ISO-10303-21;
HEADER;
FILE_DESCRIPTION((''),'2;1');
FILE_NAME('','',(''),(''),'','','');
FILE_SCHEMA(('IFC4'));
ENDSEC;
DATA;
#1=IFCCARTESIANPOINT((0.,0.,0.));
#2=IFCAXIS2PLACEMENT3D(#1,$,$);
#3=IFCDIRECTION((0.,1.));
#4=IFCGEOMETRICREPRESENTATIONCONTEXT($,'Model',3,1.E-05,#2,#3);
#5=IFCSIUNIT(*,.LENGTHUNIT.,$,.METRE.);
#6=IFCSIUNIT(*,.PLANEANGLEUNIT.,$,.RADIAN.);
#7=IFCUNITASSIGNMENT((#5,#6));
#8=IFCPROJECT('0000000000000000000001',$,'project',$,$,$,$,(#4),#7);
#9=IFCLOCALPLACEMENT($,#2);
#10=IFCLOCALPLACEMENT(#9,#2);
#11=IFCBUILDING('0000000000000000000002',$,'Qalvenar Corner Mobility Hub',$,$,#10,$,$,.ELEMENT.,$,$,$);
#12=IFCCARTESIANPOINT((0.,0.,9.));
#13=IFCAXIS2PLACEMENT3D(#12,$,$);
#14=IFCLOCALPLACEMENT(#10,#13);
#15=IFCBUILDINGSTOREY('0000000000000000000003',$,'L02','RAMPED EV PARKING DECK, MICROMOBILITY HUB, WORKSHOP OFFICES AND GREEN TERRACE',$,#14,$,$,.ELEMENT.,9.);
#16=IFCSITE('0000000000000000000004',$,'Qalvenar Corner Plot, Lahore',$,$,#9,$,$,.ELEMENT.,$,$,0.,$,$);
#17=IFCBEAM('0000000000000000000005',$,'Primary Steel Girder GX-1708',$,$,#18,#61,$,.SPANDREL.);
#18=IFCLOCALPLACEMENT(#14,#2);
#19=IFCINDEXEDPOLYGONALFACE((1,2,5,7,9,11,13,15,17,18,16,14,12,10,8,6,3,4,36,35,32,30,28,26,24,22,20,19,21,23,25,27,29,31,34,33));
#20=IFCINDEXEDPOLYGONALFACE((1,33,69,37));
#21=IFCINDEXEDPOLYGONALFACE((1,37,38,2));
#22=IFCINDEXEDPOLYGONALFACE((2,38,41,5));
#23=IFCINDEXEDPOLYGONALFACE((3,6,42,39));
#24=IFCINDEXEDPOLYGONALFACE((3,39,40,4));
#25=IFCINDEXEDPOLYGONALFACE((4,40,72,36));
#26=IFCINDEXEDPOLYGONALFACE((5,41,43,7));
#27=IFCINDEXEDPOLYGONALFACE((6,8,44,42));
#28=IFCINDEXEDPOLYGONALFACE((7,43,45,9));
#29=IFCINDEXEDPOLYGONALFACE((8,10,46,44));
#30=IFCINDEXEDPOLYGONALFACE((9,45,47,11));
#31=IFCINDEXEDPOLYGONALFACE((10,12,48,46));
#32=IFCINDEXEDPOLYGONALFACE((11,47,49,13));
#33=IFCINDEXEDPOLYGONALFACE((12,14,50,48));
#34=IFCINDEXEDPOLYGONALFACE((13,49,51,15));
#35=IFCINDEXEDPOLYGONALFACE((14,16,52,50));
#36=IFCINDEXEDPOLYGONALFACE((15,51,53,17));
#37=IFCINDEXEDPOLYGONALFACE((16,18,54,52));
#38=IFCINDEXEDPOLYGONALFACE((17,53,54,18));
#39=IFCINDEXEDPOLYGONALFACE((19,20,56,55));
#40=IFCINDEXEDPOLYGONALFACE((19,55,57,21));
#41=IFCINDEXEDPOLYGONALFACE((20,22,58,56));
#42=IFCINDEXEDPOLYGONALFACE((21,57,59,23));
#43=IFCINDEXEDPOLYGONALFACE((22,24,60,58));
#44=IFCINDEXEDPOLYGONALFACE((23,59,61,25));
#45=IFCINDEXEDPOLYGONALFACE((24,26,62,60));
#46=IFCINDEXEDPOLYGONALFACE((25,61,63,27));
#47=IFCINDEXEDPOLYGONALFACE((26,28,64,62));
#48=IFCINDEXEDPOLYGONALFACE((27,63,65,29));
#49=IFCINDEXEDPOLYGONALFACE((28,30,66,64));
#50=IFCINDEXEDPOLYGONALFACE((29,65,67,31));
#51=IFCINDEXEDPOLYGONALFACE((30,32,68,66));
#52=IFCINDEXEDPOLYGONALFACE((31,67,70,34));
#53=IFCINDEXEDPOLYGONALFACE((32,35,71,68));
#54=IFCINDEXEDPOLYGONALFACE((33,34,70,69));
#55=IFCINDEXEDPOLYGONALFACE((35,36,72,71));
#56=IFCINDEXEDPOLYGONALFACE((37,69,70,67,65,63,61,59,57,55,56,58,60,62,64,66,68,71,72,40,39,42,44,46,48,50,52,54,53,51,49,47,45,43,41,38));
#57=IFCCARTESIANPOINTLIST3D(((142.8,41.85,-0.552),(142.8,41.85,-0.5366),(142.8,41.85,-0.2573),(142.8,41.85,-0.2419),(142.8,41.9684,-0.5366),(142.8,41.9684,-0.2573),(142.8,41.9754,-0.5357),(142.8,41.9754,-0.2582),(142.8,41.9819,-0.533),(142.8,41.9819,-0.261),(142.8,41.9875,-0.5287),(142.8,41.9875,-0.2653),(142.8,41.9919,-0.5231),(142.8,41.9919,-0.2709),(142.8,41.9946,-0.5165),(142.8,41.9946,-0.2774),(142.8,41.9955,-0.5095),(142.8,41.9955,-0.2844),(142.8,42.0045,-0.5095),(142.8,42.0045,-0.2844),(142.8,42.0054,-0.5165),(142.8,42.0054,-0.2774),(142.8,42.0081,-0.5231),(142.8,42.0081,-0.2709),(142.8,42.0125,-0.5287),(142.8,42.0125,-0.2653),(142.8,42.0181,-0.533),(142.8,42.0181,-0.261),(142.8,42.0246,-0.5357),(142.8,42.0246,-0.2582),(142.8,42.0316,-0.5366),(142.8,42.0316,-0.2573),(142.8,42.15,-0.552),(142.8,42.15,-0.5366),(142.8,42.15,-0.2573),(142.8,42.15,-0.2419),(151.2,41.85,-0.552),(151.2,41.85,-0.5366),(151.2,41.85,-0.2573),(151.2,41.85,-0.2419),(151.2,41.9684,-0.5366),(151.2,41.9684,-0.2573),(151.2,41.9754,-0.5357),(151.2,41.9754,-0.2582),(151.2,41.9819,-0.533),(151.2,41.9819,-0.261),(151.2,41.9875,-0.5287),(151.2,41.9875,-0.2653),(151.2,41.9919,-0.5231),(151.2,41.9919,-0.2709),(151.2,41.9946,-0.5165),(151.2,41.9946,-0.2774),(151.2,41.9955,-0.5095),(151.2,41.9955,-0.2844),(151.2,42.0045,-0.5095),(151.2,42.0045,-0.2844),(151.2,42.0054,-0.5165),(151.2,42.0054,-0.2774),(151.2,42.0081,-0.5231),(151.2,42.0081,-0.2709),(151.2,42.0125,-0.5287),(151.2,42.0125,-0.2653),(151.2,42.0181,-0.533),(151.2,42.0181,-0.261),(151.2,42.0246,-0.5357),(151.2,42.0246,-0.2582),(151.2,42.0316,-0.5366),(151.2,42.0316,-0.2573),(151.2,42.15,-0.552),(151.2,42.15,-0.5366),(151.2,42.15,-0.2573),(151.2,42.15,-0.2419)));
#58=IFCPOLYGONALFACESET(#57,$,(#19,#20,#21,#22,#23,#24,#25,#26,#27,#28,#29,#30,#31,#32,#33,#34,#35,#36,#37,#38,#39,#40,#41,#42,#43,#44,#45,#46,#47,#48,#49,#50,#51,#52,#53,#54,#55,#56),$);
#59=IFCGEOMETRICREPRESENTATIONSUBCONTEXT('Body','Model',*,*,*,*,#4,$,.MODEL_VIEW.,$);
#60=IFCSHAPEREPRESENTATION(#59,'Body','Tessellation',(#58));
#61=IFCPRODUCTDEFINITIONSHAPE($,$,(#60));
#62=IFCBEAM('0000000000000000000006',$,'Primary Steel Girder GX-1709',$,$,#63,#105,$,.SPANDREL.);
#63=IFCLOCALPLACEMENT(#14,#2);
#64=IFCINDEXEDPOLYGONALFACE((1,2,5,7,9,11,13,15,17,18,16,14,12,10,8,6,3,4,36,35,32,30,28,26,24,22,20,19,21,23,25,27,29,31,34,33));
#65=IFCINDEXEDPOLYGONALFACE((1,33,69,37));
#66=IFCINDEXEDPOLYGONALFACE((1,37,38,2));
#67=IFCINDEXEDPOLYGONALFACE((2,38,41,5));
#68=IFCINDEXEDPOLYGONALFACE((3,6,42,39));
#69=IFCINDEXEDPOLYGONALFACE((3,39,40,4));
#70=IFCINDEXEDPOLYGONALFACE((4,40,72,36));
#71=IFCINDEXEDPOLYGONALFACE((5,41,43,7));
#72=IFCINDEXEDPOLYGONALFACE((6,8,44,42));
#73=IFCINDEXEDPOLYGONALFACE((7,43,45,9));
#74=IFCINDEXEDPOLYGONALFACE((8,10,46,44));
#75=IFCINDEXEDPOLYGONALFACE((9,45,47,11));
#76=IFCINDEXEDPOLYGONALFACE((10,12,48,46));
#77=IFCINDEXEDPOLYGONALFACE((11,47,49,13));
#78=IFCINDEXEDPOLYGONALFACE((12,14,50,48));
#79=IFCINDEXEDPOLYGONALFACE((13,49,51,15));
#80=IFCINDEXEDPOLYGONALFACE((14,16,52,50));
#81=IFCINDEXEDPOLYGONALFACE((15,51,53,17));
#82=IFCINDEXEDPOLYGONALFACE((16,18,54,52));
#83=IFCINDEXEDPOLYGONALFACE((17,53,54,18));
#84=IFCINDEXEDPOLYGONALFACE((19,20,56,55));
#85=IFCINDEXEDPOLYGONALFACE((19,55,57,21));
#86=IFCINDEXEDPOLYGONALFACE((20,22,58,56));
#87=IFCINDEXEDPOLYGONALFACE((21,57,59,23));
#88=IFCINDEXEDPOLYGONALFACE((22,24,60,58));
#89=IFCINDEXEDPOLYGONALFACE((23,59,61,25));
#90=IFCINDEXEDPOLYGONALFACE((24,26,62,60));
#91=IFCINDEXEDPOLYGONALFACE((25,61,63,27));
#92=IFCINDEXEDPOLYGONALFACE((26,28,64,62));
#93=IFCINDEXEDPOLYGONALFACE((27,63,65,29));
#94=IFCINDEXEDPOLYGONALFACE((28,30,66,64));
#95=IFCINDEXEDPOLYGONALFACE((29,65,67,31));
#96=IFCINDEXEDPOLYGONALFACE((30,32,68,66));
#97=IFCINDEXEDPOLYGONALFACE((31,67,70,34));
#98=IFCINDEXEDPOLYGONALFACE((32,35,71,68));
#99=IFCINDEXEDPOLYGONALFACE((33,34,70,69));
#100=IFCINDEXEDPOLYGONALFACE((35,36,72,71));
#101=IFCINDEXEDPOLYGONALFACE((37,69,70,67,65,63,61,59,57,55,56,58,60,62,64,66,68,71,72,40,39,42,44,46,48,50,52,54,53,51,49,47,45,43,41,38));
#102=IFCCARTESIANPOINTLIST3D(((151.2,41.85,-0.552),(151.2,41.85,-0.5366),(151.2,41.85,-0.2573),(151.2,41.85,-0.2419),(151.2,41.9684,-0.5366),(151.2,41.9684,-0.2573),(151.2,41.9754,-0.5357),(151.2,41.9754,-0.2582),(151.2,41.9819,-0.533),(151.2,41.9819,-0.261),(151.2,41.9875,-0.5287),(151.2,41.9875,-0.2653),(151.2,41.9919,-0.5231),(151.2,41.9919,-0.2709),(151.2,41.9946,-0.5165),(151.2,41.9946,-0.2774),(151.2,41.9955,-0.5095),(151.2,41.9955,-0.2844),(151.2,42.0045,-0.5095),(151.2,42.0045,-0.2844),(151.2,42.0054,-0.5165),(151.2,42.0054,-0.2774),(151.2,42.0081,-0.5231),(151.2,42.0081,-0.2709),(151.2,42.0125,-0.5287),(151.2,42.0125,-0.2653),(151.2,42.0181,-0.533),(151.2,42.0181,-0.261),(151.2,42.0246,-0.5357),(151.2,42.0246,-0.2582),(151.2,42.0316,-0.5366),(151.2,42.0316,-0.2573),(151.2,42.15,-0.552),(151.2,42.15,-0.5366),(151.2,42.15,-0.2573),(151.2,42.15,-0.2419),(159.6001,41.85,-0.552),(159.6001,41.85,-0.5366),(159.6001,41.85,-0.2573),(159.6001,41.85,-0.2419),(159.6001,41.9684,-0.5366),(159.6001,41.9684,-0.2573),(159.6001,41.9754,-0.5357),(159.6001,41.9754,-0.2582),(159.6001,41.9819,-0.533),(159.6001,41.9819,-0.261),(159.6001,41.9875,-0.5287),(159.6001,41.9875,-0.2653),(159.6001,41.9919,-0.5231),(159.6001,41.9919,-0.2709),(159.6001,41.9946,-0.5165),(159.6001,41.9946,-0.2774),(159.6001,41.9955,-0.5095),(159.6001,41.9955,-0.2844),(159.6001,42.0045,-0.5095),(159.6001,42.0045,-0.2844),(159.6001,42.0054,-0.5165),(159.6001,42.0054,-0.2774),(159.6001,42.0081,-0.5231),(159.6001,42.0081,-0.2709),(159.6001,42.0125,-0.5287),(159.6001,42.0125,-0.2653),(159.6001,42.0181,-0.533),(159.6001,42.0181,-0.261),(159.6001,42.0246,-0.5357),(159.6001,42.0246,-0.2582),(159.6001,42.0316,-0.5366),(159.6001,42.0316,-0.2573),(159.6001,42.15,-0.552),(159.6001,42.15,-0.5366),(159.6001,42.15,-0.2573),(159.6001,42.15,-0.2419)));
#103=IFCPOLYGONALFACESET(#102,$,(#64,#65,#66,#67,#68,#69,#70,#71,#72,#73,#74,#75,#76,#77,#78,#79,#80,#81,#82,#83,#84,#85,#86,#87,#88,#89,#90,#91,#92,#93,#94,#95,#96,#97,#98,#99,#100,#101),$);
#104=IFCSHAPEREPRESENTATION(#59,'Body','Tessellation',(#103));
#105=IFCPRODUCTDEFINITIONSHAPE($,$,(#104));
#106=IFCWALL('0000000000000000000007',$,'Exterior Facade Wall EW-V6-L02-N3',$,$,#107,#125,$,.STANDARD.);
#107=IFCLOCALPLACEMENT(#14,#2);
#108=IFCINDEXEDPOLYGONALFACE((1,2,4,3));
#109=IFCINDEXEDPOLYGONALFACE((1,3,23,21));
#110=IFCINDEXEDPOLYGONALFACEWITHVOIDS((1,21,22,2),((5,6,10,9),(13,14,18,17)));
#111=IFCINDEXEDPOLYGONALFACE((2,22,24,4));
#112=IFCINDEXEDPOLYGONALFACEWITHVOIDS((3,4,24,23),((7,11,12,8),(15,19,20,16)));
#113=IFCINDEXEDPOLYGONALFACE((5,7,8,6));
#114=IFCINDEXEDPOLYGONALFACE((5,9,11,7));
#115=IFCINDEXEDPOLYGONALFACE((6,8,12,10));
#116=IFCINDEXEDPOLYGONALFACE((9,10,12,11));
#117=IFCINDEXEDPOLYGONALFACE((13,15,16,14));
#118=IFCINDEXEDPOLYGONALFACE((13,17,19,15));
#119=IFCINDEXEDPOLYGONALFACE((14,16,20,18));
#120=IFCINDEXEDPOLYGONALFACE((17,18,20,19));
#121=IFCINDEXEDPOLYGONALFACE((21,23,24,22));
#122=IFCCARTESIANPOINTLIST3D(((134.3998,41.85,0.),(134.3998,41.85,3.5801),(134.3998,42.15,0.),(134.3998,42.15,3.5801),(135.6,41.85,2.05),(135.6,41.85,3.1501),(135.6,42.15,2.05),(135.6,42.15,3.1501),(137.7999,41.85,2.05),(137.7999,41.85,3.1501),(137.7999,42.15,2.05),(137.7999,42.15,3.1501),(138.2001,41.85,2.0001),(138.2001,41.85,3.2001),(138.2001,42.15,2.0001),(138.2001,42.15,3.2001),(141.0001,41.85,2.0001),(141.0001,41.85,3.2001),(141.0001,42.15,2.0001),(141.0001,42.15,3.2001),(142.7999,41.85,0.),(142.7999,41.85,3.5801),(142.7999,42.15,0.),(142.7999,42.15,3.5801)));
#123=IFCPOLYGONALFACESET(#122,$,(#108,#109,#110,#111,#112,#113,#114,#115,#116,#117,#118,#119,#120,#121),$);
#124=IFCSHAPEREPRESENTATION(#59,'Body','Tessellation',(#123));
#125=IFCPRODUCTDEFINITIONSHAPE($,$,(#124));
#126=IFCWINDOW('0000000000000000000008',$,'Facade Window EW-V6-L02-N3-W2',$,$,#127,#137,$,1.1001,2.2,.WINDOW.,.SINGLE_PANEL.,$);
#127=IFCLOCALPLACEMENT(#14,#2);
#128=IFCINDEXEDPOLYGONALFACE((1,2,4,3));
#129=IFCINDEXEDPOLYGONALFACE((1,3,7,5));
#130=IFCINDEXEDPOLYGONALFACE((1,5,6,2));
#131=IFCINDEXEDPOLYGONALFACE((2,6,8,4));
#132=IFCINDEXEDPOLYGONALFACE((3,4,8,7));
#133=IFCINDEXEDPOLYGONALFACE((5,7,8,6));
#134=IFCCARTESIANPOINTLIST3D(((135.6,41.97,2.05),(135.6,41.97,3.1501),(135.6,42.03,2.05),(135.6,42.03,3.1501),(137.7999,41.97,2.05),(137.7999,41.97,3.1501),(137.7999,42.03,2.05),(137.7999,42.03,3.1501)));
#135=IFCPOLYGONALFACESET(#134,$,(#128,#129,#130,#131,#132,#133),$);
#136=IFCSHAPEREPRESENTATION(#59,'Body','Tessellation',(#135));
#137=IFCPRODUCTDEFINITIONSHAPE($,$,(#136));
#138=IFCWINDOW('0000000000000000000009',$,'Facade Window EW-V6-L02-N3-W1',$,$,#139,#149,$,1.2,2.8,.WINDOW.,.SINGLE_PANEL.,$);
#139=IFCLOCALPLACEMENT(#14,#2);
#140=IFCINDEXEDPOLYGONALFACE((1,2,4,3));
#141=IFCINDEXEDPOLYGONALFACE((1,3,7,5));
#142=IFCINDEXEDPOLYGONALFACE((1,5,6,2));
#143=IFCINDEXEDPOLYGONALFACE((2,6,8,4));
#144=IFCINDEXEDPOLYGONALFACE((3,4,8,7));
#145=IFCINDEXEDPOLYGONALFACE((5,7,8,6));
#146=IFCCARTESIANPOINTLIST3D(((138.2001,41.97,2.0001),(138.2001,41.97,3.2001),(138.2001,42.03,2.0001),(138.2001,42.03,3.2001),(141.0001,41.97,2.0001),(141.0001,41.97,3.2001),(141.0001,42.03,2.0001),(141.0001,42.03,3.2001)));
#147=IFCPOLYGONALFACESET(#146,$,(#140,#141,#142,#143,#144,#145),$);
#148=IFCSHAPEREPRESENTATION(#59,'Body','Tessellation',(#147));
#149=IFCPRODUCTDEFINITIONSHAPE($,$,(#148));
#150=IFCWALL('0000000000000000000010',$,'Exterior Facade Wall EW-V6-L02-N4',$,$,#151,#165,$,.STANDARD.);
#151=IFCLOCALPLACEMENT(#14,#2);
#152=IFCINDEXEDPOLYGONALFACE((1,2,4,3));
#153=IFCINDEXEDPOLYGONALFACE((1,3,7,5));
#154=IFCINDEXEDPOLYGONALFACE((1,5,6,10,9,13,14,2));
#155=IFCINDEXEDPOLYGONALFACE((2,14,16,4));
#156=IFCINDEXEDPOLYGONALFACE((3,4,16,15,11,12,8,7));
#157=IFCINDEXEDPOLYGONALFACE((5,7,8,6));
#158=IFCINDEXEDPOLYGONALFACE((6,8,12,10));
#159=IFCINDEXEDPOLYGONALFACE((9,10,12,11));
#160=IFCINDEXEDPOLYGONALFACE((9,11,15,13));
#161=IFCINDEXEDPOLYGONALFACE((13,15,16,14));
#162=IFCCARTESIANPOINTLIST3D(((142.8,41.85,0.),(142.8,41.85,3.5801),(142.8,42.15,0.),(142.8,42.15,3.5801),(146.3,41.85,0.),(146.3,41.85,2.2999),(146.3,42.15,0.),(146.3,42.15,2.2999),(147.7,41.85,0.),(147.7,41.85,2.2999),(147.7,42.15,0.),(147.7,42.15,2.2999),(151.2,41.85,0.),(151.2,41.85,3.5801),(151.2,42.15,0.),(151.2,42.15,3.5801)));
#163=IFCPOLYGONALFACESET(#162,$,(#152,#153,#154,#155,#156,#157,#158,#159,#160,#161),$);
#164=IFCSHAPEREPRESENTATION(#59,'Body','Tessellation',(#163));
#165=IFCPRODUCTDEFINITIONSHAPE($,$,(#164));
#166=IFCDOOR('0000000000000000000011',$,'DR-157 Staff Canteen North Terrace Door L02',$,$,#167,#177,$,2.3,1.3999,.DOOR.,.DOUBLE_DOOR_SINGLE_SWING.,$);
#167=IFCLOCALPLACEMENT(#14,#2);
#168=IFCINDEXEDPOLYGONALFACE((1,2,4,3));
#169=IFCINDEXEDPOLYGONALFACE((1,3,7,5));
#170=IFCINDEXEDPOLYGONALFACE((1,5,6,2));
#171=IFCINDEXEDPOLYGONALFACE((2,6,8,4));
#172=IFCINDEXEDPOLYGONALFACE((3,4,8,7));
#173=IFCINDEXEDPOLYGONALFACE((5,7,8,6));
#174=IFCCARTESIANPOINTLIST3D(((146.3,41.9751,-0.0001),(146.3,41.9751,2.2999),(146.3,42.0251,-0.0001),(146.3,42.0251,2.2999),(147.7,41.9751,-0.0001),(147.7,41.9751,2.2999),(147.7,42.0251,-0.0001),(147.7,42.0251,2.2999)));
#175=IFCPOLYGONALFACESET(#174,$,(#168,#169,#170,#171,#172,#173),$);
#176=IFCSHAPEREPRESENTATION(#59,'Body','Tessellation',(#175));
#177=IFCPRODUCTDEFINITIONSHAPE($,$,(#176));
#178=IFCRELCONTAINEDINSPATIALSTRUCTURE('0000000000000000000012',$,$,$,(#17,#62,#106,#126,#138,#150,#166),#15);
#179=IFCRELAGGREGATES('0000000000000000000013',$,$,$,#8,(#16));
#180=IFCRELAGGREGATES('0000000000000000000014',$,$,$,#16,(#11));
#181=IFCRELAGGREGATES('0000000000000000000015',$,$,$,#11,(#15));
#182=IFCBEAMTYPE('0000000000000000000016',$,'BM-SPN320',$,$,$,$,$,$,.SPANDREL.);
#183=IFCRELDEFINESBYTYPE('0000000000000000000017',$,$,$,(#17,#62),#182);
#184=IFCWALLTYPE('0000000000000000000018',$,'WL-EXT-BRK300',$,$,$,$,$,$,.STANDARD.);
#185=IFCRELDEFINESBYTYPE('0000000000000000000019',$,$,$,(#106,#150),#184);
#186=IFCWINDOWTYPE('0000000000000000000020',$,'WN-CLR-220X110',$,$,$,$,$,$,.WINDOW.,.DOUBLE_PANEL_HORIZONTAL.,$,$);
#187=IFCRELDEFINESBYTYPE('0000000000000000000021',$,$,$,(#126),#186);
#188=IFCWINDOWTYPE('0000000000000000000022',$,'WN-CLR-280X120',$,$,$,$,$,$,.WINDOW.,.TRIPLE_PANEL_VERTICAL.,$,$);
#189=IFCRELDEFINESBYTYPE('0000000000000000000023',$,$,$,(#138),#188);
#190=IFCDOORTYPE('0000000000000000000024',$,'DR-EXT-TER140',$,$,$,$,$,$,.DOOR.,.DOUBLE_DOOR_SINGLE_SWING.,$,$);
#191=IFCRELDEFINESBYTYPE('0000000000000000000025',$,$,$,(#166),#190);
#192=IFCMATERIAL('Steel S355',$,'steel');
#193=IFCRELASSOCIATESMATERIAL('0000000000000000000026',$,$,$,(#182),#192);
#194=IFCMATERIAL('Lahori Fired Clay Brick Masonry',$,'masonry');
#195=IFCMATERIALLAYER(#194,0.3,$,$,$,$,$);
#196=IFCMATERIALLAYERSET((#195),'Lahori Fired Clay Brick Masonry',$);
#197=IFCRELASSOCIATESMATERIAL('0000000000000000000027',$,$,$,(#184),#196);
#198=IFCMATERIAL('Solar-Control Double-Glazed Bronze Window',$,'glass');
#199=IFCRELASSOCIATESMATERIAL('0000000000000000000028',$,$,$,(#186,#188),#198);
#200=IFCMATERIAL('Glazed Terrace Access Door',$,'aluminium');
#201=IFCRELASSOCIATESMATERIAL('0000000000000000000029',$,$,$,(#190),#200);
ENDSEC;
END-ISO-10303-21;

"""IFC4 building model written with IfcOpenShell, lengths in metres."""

from ifc_helpers import new_model, si_unit, direction, frame, frame_2d, origin, origin_2d, place, context, subcontext, project, spatial, rectangle, i_section, extrude, material, layer, layer_set, material_profile, profile_set, type_object, element, fill, save


model = new_model("IFC4")

# Units and contexts
model_context = context("Model", 3, precision=1e-05, world=origin(), true_north=direction((0.0, 1.0)))
body_context = subcontext(model_context, "Body", "Model", "MODEL_VIEW")
ifc_project = project(units=[si_unit("LENGTHUNIT", "METRE"), si_unit("PLANEANGLEUNIT", "RADIAN")], contexts=[model_context])

# Site, building, storey
site_placement = place(None, origin())
site = spatial("IfcSite", under=ifc_project, at=site_placement, Name="Qalvenar Corner Plot, Lahore", CompositionType="ELEMENT", RefElevation=0.0)
building_placement = place(site_placement, origin())
building = spatial("IfcBuilding", under=site, at=building_placement, Name="Qalvenar Corner Mobility Hub", CompositionType="ELEMENT")
storey_placement = place(building_placement, frame((0.0, 0.0, 9.0)))
storey = spatial("IfcBuildingStorey", under=building, at=storey_placement, Name="L02", Description="RAMPED EV PARKING DECK, MICROMOBILITY HUB, WORKSHOP OFFICES AND GREEN TERRACE", CompositionType="ELEMENT", Elevation=9.0)

# Shared definitions
ifc_material_1 = material(Name="Steel S355", Category="steel")

# Beams
ifc_material_profile_1 = material_profile(ifc_material_1, i_section(OverallWidth=0.3, OverallDepth=0.3101, WebThickness=0.009, FlangeThickness=0.0154, FilletRadius=0.0271, at=origin_2d()), Name="HEA320")
ifc_profile_set_1 = profile_set([ifc_material_profile_1], Name="Steel S355")
beam_type_1 = type_object("IfcBeamType", Name="BM-SPN320", PredefinedType="SPANDREL", material=ifc_profile_set_1)
beam_1_placement = place(storey_placement, frame((142.8, 42.0, -0.397), z_axis=(1.0, 0.0, 0.0), x_axis=(0.0, 1.0, 0.0)))
element("IfcBeam", 1, at=beam_1_placement, inside=storey, type_object=beam_type_1, Name="Primary Steel Girder GX-1708", PredefinedType="SPANDREL", context=body_context, shape_type="SweptSolid", body=[
    extrude(i_section(OverallWidth=0.3, OverallDepth=0.3101, WebThickness=0.009, FlangeThickness=0.0154, FilletRadius=0.0271, at=origin_2d()), origin(), (0.0, 0.0, 1.0), 8.3999),
])
beam_2_placement = place(storey_placement, frame((151.2, 42.0, -0.397), z_axis=(1.0, 0.0, 0.0), x_axis=(0.0, 1.0, 0.0)))
element("IfcBeam", 2, at=beam_2_placement, inside=storey, type_object=beam_type_1, Name="Primary Steel Girder GX-1709", PredefinedType="SPANDREL", context=body_context, shape_type="SweptSolid", body=[
    extrude(i_section(OverallWidth=0.3, OverallDepth=0.3101, WebThickness=0.009, FlangeThickness=0.0154, FilletRadius=0.0271, at=origin_2d()), origin(), (0.0, 0.0, 1.0), 8.4001),
])

# Wall, openings, windows
ifc_material_2 = material(Name="Lahori Fired Clay Brick Masonry", Category="masonry")
ifc_layer = layer(ifc_material_2, 0.3)
ifc_layer_set = layer_set([ifc_layer], Name="Lahori Fired Clay Brick Masonry")
wall_type = type_object("IfcWallType", Name="WL-EXT-BRK300", PredefinedType="STANDARD", material=ifc_layer_set)
wall_1_placement = place(storey_placement, frame((142.8, 42.0, 0.0), z_axis=(0.0, 0.0, 1.0), x_axis=(-1.0, 0.0, 0.0)))
wall_1 = element("IfcWall", 3, at=wall_1_placement, inside=storey, type_object=wall_type, Name="Exterior Facade Wall EW-V6-L02-N3", PredefinedType="STANDARD", context=body_context, shape_type="SweptSolid", body=[
    extrude(rectangle(XDim=8.4001, YDim=0.3, at=frame_2d((4.2002, 0.0))), origin(), (0.0, 0.0, 1.0), 3.5801),
])
opening_1_placement = place(wall_1_placement, frame((1.8, 0.0, 2.0)))
opening_1 = element("IfcOpeningElement", 4, at=opening_1_placement, cuts=wall_1, PredefinedType="OPENING", context=body_context, shape_type="SweptSolid", body=[
    extrude(rectangle(XDim=2.8, YDim=1.2, at=frame_2d((1.3999, 0.6001))), frame((0.0, 0.1602, 0.0), z_axis=(0.0, -1.0, 0.0), x_axis=(1.0, 0.0, 0.0)), (0.0, 0.0, 1.0), 0.3201),
])
opening_2_placement = place(wall_1_placement, frame((5.0, 0.0, 2.05)))
opening_2 = element("IfcOpeningElement", 5, at=opening_2_placement, cuts=wall_1, PredefinedType="OPENING", context=body_context, shape_type="SweptSolid", body=[
    extrude(rectangle(XDim=2.2, YDim=1.1001, at=frame_2d((1.1001, 0.55))), frame((0.0, 0.1602, 0.0), z_axis=(0.0, -1.0, 0.0), x_axis=(1.0, 0.0, 0.0)), (0.0, 0.0, 1.0), 0.3201),
])
ifc_material_3 = material(Name="Solar-Control Double-Glazed Bronze Window", Category="glass")
window_type_1 = type_object("IfcWindowType", Name="WN-CLR-220X110", PartitioningType="DOUBLE_PANEL_HORIZONTAL", PredefinedType="WINDOW", material=ifc_material_3)
window_1_placement = place(opening_2_placement, origin())
window_1 = element("IfcWindow", 6, at=window_1_placement, inside=storey, type_object=window_type_1, Name="Facade Window EW-V6-L02-N3-W2", OverallHeight=1.1001, OverallWidth=2.2, PartitioningType="SINGLE_PANEL", PredefinedType="WINDOW", context=body_context, shape_type="SweptSolid", body=[
    extrude(rectangle(XDim=2.2, YDim=1.1001, at=frame_2d((1.1001, 0.55))), frame((0.0, 0.03, 0.0), z_axis=(0.0, -1.0, 0.0), x_axis=(1.0, 0.0, 0.0)), (0.0, 0.0, 1.0), 0.0601),
])
fill(opening_2, window_1)
window_type_2 = type_object("IfcWindowType", Name="WN-CLR-280X120", PartitioningType="TRIPLE_PANEL_VERTICAL", PredefinedType="WINDOW", material=ifc_material_3)
window_2_placement = place(opening_1_placement, origin())
window_2 = element("IfcWindow", 7, at=window_2_placement, inside=storey, type_object=window_type_2, Name="Facade Window EW-V6-L02-N3-W1", OverallHeight=1.2, OverallWidth=2.8, PartitioningType="SINGLE_PANEL", PredefinedType="WINDOW", context=body_context, shape_type="SweptSolid", body=[
    extrude(rectangle(XDim=2.8, YDim=1.2, at=frame_2d((1.3999, 0.6001))), frame((0.0, 0.03, 0.0), z_axis=(0.0, -1.0, 0.0), x_axis=(1.0, 0.0, 0.0)), (0.0, 0.0, 1.0), 0.0601),
])
fill(opening_1, window_2)

# Wall, opening, door
wall_2_placement = place(storey_placement, frame((151.2, 42.0, 0.0), z_axis=(0.0, 0.0, 1.0), x_axis=(-1.0, 0.0, 0.0)))
wall_2 = element("IfcWall", 8, at=wall_2_placement, inside=storey, type_object=wall_type, Name="Exterior Facade Wall EW-V6-L02-N4", PredefinedType="STANDARD", context=body_context, shape_type="SweptSolid", body=[
    extrude(rectangle(XDim=8.3999, YDim=0.3, at=frame_2d((4.2, 0.0))), origin(), (0.0, 0.0, 1.0), 3.5801),
])
opening_3_placement = place(wall_2_placement, frame((3.5, 0.0, 0.0)))
opening_3 = element("IfcOpeningElement", 9, at=opening_3_placement, cuts=wall_2, PredefinedType="OPENING", context=body_context, shape_type="SweptSolid", body=[
    extrude(rectangle(XDim=1.3999, YDim=2.3, at=frame_2d((0.7, 1.1499))), frame((0.0, 0.1602, 0.0), z_axis=(0.0, -1.0, 0.0), x_axis=(1.0, 0.0, 0.0)), (0.0, 0.0, 1.0), 0.3201),
])
ifc_material_4 = material(Name="Glazed Terrace Access Door", Category="aluminium")
door_type = type_object("IfcDoorType", Name="DR-EXT-TER140", OperationType="DOUBLE_DOOR_SINGLE_SWING", PredefinedType="DOOR", material=ifc_material_4)
door_placement = place(opening_3_placement, origin())
door = element("IfcDoor", 10, at=door_placement, inside=storey, type_object=door_type, Name="DR-157 Staff Canteen North Terrace Door L02", OperationType="DOUBLE_DOOR_SINGLE_SWING", OverallHeight=2.3, OverallWidth=1.3999, PredefinedType="DOOR", context=body_context, shape_type="SweptSolid", body=[
    extrude(rectangle(XDim=1.3999, YDim=2.3, at=frame_2d((0.7, 1.1499))), frame((0.0, 0.0249, 0.0), z_axis=(0.0, -1.0, 0.0), x_axis=(1.0, 0.0, 0.0)), (0.0, 0.0, 1.0), 0.05),
])
fill(opening_3, door)

save(model, "model.ifc")
